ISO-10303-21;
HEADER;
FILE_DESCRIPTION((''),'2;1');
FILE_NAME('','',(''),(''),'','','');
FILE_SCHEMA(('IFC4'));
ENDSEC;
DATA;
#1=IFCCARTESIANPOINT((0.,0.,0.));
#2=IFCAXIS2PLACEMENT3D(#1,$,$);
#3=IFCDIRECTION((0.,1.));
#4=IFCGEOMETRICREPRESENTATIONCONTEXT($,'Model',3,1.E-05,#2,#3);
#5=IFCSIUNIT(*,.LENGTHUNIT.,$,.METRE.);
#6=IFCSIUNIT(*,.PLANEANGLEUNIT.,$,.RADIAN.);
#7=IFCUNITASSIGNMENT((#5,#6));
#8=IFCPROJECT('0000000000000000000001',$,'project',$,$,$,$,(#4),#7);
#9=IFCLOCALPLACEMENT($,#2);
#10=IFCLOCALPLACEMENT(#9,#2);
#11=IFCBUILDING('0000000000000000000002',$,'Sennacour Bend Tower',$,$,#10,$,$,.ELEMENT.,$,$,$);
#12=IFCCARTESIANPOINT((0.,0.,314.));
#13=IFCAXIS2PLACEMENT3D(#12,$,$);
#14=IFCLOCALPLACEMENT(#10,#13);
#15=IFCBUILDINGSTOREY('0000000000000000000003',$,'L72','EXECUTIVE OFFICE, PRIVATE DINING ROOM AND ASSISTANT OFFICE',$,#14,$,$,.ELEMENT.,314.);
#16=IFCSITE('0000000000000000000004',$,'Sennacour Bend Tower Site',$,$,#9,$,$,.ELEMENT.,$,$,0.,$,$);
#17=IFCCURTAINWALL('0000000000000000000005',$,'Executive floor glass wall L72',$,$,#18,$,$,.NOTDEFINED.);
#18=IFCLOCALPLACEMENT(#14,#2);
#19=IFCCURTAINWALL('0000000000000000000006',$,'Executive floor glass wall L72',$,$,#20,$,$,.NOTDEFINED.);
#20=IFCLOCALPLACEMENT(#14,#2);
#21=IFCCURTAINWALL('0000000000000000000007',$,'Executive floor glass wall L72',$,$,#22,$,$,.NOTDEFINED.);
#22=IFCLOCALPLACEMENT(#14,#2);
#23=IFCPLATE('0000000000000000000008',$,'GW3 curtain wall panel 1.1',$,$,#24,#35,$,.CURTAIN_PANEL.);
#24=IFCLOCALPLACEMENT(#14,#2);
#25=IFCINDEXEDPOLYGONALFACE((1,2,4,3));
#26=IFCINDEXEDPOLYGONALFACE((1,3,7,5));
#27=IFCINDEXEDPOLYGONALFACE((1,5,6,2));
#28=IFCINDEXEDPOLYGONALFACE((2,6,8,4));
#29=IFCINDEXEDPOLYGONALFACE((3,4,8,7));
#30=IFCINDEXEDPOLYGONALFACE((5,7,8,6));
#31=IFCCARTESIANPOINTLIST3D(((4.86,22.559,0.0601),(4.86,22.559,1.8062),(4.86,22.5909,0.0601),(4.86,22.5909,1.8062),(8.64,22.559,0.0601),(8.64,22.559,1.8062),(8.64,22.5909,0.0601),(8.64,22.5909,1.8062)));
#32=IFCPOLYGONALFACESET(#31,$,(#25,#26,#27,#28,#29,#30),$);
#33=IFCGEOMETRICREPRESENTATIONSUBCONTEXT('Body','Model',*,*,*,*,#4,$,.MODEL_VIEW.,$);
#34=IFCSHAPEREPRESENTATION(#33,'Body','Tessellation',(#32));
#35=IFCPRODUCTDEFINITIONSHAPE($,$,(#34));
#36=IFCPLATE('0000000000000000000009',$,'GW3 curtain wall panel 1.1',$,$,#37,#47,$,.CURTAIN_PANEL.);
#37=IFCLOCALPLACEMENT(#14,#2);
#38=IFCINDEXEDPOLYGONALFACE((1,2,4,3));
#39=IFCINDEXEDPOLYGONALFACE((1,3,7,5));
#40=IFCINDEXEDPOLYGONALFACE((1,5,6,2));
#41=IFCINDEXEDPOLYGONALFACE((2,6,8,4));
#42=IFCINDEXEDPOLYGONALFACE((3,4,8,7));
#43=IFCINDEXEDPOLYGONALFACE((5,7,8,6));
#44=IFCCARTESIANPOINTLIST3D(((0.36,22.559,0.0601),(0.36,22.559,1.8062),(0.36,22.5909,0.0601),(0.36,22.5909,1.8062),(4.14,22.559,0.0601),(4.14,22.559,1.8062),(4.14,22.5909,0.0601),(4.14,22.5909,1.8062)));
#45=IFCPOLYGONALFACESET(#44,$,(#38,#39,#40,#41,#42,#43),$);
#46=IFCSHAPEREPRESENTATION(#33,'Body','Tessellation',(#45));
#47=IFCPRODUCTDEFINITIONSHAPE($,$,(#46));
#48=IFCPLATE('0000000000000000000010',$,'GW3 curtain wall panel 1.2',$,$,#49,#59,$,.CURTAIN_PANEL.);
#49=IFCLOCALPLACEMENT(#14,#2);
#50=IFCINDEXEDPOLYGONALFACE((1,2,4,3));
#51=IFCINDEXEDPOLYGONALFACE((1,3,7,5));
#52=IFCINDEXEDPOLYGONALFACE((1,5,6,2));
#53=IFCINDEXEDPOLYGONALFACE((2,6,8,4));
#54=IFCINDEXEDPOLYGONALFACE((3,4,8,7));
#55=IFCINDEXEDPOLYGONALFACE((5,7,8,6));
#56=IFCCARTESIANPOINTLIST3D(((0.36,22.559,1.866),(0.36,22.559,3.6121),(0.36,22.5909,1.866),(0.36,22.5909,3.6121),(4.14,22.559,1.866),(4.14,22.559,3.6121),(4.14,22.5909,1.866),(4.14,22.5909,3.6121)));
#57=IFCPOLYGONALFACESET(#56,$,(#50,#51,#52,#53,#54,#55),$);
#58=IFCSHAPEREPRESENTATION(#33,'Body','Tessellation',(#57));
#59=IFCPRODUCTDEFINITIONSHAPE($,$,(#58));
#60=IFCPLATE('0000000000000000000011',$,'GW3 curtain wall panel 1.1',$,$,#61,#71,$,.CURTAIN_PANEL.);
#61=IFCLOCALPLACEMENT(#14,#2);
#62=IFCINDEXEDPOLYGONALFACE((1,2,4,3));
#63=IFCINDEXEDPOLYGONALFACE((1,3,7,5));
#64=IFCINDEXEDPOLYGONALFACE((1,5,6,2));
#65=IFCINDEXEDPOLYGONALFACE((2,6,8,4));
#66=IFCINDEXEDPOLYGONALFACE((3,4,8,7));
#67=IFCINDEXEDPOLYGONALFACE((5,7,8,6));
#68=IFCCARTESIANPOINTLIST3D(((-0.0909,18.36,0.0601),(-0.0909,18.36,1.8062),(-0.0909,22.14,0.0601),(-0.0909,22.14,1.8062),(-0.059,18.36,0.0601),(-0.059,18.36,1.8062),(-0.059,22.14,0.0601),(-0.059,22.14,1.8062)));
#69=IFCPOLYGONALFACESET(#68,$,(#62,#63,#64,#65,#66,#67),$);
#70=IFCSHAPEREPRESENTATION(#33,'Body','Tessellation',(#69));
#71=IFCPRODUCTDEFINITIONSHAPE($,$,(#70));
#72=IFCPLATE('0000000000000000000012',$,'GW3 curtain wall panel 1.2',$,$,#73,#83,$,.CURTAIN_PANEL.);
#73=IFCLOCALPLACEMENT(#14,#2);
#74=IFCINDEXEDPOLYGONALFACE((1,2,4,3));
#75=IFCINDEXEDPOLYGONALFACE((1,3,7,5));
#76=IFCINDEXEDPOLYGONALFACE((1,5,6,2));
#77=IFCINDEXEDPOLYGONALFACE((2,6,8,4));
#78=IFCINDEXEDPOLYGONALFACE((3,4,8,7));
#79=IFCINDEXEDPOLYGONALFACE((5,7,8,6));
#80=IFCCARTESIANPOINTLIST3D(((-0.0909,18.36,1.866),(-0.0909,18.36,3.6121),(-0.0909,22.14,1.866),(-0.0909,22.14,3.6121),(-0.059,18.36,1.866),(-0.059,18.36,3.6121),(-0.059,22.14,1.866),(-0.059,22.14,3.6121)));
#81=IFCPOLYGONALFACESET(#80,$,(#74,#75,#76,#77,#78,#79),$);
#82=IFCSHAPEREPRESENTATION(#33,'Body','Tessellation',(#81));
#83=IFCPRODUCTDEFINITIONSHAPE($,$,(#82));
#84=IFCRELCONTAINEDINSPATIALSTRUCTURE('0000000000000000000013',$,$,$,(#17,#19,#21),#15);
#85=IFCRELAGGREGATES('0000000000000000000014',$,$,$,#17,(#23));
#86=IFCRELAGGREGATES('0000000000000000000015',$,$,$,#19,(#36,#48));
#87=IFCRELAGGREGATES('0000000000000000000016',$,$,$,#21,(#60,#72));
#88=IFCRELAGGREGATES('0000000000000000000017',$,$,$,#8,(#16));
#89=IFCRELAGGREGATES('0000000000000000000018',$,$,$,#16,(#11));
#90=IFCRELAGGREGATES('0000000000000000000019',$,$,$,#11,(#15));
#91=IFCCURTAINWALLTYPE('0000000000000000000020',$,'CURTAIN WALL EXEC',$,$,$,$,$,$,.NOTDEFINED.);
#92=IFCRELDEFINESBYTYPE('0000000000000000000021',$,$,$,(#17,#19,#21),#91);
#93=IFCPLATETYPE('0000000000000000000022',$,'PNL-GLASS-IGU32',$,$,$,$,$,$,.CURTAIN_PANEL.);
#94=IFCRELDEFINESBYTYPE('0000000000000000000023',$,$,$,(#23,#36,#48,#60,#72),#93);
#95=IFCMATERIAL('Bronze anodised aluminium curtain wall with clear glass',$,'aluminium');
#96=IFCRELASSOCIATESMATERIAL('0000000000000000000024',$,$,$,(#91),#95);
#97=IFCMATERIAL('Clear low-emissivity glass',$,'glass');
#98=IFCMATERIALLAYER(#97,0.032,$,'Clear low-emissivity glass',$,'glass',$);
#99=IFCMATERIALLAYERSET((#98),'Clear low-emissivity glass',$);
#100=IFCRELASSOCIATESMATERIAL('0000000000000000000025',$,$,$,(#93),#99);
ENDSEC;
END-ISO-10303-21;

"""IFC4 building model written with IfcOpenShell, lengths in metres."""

from ifc_helpers import new_model, si_unit, direction, frame, origin, origin_2d, place, context, subcontext, project, spatial, rectangle, extrude, material, layer, layer_set, type_object, element, aggregate, save


model = new_model("IFC4")

# Units and contexts
model_context = context("Model", 3, precision=1e-05, world=origin(), true_north=direction((0.0, 1.0)))
body_context = subcontext(model_context, "Body", "Model", "MODEL_VIEW")
ifc_project = project(units=[si_unit("LENGTHUNIT", "METRE"), si_unit("PLANEANGLEUNIT", "RADIAN")], contexts=[model_context])

# Site, building, storey
site_placement = place(None, origin())
site = spatial("IfcSite", under=ifc_project, at=site_placement, Name="Sennacour Bend Tower Site", CompositionType="ELEMENT", RefElevation=0.0)
building_placement = place(site_placement, origin())
building = spatial("IfcBuilding", under=site, at=building_placement, Name="Sennacour Bend Tower", CompositionType="ELEMENT")
storey_placement = place(building_placement, frame((0.0, 0.0, 314.0)))
storey = spatial("IfcBuildingStorey", under=building, at=storey_placement, Name="L72", Description="EXECUTIVE OFFICE, PRIVATE DINING ROOM AND ASSISTANT OFFICE", CompositionType="ELEMENT", Elevation=314.0)

# Curtain wall
ifc_material_1 = material(Name="Bronze anodised aluminium curtain wall with clear glass", Category="aluminium")
curtain_wall_type = type_object("IfcCurtainWallType", Name="CURTAIN WALL EXEC", PredefinedType="NOTDEFINED", material=ifc_material_1)
curtain_wall_1_placement = place(storey_placement, origin())
curtain_wall_1 = element("IfcCurtainWall", 1, at=curtain_wall_1_placement, inside=storey, type_object=curtain_wall_type, Name="Executive floor glass wall L72", PredefinedType="NOTDEFINED")

# Curtain walls
curtain_wall_2_placement = place(storey_placement, origin())
curtain_wall_2 = element("IfcCurtainWall", 2, at=curtain_wall_2_placement, inside=storey, type_object=curtain_wall_type, Name="Executive floor glass wall L72", PredefinedType="NOTDEFINED")
curtain_wall_3_placement = place(storey_placement, origin())
curtain_wall_3 = element("IfcCurtainWall", 3, at=curtain_wall_3_placement, inside=storey, type_object=curtain_wall_type, Name="Executive floor glass wall L72", PredefinedType="NOTDEFINED")

# Plates
ifc_material_2 = material(Name="Clear low-emissivity glass", Category="glass")
ifc_layer = layer(ifc_material_2, 0.032, Name="Clear low-emissivity glass", Category="glass")
ifc_layer_set = layer_set([ifc_layer], Name="Clear low-emissivity glass")
plate_type = type_object("IfcPlateType", Name="PNL-GLASS-IGU32", PredefinedType="CURTAIN_PANEL", material=ifc_layer_set)
plate_1_placement = place(storey_placement, frame((6.75, 22.575, 0.0601), z_axis=(0.0, 0.0, 1.0), x_axis=(-1.0, 0.0, 0.0)))
plate_1 = element("IfcPlate", 4, at=plate_1_placement, type_object=plate_type, Name="GW3 curtain wall panel 1.1", PredefinedType="CURTAIN_PANEL", context=body_context, shape_type="SweptSolid", body=[
    extrude(rectangle(XDim=3.78, YDim=0.032, at=origin_2d()), origin(), (0.0, 0.0, 1.0), 1.7461),
])
aggregate(curtain_wall_1, [plate_1])
plate_2_placement = place(storey_placement, frame((2.25, 22.575, 0.0601), z_axis=(0.0, 0.0, 1.0), x_axis=(-1.0, 0.0, 0.0)))
plate_2 = element("IfcPlate", 5, at=plate_2_placement, type_object=plate_type, Name="GW3 curtain wall panel 1.1", PredefinedType="CURTAIN_PANEL", context=body_context, shape_type="SweptSolid", body=[
    extrude(rectangle(XDim=3.78, YDim=0.032, at=origin_2d()), origin(), (0.0, 0.0, 1.0), 1.7461),
])
plate_3_placement = place(storey_placement, frame((2.25, 22.575, 1.866), z_axis=(0.0, 0.0, 1.0), x_axis=(-1.0, 0.0, 0.0)))
plate_3 = element("IfcPlate", 6, at=plate_3_placement, type_object=plate_type, Name="GW3 curtain wall panel 1.2", PredefinedType="CURTAIN_PANEL", context=body_context, shape_type="SweptSolid", body=[
    extrude(rectangle(XDim=3.78, YDim=0.032, at=origin_2d()), origin(), (0.0, 0.0, 1.0), 1.7461),
])
aggregate(curtain_wall_2, [plate_2, plate_3])
plate_4_placement = place(storey_placement, frame((-0.075, 20.25, 0.0601), z_axis=(0.0, 0.0, 1.0), x_axis=(0.0, -1.0, 0.0)))
plate_4 = element("IfcPlate", 7, at=plate_4_placement, type_object=plate_type, Name="GW3 curtain wall panel 1.1", PredefinedType="CURTAIN_PANEL", context=body_context, shape_type="SweptSolid", body=[
    extrude(rectangle(XDim=3.78, YDim=0.032, at=origin_2d()), origin(), (0.0, 0.0, 1.0), 1.7461),
])
plate_5_placement = place(storey_placement, frame((-0.075, 20.25, 1.866), z_axis=(0.0, 0.0, 1.0), x_axis=(0.0, -1.0, 0.0)))
plate_5 = element("IfcPlate", 8, at=plate_5_placement, type_object=plate_type, Name="GW3 curtain wall panel 1.2", PredefinedType="CURTAIN_PANEL", context=body_context, shape_type="SweptSolid", body=[
    extrude(rectangle(XDim=3.78, YDim=0.032, at=origin_2d()), origin(), (0.0, 0.0, 1.0), 1.7461),
])
aggregate(curtain_wall_3, [plate_4, plate_5])

save(model, "model.ifc")
